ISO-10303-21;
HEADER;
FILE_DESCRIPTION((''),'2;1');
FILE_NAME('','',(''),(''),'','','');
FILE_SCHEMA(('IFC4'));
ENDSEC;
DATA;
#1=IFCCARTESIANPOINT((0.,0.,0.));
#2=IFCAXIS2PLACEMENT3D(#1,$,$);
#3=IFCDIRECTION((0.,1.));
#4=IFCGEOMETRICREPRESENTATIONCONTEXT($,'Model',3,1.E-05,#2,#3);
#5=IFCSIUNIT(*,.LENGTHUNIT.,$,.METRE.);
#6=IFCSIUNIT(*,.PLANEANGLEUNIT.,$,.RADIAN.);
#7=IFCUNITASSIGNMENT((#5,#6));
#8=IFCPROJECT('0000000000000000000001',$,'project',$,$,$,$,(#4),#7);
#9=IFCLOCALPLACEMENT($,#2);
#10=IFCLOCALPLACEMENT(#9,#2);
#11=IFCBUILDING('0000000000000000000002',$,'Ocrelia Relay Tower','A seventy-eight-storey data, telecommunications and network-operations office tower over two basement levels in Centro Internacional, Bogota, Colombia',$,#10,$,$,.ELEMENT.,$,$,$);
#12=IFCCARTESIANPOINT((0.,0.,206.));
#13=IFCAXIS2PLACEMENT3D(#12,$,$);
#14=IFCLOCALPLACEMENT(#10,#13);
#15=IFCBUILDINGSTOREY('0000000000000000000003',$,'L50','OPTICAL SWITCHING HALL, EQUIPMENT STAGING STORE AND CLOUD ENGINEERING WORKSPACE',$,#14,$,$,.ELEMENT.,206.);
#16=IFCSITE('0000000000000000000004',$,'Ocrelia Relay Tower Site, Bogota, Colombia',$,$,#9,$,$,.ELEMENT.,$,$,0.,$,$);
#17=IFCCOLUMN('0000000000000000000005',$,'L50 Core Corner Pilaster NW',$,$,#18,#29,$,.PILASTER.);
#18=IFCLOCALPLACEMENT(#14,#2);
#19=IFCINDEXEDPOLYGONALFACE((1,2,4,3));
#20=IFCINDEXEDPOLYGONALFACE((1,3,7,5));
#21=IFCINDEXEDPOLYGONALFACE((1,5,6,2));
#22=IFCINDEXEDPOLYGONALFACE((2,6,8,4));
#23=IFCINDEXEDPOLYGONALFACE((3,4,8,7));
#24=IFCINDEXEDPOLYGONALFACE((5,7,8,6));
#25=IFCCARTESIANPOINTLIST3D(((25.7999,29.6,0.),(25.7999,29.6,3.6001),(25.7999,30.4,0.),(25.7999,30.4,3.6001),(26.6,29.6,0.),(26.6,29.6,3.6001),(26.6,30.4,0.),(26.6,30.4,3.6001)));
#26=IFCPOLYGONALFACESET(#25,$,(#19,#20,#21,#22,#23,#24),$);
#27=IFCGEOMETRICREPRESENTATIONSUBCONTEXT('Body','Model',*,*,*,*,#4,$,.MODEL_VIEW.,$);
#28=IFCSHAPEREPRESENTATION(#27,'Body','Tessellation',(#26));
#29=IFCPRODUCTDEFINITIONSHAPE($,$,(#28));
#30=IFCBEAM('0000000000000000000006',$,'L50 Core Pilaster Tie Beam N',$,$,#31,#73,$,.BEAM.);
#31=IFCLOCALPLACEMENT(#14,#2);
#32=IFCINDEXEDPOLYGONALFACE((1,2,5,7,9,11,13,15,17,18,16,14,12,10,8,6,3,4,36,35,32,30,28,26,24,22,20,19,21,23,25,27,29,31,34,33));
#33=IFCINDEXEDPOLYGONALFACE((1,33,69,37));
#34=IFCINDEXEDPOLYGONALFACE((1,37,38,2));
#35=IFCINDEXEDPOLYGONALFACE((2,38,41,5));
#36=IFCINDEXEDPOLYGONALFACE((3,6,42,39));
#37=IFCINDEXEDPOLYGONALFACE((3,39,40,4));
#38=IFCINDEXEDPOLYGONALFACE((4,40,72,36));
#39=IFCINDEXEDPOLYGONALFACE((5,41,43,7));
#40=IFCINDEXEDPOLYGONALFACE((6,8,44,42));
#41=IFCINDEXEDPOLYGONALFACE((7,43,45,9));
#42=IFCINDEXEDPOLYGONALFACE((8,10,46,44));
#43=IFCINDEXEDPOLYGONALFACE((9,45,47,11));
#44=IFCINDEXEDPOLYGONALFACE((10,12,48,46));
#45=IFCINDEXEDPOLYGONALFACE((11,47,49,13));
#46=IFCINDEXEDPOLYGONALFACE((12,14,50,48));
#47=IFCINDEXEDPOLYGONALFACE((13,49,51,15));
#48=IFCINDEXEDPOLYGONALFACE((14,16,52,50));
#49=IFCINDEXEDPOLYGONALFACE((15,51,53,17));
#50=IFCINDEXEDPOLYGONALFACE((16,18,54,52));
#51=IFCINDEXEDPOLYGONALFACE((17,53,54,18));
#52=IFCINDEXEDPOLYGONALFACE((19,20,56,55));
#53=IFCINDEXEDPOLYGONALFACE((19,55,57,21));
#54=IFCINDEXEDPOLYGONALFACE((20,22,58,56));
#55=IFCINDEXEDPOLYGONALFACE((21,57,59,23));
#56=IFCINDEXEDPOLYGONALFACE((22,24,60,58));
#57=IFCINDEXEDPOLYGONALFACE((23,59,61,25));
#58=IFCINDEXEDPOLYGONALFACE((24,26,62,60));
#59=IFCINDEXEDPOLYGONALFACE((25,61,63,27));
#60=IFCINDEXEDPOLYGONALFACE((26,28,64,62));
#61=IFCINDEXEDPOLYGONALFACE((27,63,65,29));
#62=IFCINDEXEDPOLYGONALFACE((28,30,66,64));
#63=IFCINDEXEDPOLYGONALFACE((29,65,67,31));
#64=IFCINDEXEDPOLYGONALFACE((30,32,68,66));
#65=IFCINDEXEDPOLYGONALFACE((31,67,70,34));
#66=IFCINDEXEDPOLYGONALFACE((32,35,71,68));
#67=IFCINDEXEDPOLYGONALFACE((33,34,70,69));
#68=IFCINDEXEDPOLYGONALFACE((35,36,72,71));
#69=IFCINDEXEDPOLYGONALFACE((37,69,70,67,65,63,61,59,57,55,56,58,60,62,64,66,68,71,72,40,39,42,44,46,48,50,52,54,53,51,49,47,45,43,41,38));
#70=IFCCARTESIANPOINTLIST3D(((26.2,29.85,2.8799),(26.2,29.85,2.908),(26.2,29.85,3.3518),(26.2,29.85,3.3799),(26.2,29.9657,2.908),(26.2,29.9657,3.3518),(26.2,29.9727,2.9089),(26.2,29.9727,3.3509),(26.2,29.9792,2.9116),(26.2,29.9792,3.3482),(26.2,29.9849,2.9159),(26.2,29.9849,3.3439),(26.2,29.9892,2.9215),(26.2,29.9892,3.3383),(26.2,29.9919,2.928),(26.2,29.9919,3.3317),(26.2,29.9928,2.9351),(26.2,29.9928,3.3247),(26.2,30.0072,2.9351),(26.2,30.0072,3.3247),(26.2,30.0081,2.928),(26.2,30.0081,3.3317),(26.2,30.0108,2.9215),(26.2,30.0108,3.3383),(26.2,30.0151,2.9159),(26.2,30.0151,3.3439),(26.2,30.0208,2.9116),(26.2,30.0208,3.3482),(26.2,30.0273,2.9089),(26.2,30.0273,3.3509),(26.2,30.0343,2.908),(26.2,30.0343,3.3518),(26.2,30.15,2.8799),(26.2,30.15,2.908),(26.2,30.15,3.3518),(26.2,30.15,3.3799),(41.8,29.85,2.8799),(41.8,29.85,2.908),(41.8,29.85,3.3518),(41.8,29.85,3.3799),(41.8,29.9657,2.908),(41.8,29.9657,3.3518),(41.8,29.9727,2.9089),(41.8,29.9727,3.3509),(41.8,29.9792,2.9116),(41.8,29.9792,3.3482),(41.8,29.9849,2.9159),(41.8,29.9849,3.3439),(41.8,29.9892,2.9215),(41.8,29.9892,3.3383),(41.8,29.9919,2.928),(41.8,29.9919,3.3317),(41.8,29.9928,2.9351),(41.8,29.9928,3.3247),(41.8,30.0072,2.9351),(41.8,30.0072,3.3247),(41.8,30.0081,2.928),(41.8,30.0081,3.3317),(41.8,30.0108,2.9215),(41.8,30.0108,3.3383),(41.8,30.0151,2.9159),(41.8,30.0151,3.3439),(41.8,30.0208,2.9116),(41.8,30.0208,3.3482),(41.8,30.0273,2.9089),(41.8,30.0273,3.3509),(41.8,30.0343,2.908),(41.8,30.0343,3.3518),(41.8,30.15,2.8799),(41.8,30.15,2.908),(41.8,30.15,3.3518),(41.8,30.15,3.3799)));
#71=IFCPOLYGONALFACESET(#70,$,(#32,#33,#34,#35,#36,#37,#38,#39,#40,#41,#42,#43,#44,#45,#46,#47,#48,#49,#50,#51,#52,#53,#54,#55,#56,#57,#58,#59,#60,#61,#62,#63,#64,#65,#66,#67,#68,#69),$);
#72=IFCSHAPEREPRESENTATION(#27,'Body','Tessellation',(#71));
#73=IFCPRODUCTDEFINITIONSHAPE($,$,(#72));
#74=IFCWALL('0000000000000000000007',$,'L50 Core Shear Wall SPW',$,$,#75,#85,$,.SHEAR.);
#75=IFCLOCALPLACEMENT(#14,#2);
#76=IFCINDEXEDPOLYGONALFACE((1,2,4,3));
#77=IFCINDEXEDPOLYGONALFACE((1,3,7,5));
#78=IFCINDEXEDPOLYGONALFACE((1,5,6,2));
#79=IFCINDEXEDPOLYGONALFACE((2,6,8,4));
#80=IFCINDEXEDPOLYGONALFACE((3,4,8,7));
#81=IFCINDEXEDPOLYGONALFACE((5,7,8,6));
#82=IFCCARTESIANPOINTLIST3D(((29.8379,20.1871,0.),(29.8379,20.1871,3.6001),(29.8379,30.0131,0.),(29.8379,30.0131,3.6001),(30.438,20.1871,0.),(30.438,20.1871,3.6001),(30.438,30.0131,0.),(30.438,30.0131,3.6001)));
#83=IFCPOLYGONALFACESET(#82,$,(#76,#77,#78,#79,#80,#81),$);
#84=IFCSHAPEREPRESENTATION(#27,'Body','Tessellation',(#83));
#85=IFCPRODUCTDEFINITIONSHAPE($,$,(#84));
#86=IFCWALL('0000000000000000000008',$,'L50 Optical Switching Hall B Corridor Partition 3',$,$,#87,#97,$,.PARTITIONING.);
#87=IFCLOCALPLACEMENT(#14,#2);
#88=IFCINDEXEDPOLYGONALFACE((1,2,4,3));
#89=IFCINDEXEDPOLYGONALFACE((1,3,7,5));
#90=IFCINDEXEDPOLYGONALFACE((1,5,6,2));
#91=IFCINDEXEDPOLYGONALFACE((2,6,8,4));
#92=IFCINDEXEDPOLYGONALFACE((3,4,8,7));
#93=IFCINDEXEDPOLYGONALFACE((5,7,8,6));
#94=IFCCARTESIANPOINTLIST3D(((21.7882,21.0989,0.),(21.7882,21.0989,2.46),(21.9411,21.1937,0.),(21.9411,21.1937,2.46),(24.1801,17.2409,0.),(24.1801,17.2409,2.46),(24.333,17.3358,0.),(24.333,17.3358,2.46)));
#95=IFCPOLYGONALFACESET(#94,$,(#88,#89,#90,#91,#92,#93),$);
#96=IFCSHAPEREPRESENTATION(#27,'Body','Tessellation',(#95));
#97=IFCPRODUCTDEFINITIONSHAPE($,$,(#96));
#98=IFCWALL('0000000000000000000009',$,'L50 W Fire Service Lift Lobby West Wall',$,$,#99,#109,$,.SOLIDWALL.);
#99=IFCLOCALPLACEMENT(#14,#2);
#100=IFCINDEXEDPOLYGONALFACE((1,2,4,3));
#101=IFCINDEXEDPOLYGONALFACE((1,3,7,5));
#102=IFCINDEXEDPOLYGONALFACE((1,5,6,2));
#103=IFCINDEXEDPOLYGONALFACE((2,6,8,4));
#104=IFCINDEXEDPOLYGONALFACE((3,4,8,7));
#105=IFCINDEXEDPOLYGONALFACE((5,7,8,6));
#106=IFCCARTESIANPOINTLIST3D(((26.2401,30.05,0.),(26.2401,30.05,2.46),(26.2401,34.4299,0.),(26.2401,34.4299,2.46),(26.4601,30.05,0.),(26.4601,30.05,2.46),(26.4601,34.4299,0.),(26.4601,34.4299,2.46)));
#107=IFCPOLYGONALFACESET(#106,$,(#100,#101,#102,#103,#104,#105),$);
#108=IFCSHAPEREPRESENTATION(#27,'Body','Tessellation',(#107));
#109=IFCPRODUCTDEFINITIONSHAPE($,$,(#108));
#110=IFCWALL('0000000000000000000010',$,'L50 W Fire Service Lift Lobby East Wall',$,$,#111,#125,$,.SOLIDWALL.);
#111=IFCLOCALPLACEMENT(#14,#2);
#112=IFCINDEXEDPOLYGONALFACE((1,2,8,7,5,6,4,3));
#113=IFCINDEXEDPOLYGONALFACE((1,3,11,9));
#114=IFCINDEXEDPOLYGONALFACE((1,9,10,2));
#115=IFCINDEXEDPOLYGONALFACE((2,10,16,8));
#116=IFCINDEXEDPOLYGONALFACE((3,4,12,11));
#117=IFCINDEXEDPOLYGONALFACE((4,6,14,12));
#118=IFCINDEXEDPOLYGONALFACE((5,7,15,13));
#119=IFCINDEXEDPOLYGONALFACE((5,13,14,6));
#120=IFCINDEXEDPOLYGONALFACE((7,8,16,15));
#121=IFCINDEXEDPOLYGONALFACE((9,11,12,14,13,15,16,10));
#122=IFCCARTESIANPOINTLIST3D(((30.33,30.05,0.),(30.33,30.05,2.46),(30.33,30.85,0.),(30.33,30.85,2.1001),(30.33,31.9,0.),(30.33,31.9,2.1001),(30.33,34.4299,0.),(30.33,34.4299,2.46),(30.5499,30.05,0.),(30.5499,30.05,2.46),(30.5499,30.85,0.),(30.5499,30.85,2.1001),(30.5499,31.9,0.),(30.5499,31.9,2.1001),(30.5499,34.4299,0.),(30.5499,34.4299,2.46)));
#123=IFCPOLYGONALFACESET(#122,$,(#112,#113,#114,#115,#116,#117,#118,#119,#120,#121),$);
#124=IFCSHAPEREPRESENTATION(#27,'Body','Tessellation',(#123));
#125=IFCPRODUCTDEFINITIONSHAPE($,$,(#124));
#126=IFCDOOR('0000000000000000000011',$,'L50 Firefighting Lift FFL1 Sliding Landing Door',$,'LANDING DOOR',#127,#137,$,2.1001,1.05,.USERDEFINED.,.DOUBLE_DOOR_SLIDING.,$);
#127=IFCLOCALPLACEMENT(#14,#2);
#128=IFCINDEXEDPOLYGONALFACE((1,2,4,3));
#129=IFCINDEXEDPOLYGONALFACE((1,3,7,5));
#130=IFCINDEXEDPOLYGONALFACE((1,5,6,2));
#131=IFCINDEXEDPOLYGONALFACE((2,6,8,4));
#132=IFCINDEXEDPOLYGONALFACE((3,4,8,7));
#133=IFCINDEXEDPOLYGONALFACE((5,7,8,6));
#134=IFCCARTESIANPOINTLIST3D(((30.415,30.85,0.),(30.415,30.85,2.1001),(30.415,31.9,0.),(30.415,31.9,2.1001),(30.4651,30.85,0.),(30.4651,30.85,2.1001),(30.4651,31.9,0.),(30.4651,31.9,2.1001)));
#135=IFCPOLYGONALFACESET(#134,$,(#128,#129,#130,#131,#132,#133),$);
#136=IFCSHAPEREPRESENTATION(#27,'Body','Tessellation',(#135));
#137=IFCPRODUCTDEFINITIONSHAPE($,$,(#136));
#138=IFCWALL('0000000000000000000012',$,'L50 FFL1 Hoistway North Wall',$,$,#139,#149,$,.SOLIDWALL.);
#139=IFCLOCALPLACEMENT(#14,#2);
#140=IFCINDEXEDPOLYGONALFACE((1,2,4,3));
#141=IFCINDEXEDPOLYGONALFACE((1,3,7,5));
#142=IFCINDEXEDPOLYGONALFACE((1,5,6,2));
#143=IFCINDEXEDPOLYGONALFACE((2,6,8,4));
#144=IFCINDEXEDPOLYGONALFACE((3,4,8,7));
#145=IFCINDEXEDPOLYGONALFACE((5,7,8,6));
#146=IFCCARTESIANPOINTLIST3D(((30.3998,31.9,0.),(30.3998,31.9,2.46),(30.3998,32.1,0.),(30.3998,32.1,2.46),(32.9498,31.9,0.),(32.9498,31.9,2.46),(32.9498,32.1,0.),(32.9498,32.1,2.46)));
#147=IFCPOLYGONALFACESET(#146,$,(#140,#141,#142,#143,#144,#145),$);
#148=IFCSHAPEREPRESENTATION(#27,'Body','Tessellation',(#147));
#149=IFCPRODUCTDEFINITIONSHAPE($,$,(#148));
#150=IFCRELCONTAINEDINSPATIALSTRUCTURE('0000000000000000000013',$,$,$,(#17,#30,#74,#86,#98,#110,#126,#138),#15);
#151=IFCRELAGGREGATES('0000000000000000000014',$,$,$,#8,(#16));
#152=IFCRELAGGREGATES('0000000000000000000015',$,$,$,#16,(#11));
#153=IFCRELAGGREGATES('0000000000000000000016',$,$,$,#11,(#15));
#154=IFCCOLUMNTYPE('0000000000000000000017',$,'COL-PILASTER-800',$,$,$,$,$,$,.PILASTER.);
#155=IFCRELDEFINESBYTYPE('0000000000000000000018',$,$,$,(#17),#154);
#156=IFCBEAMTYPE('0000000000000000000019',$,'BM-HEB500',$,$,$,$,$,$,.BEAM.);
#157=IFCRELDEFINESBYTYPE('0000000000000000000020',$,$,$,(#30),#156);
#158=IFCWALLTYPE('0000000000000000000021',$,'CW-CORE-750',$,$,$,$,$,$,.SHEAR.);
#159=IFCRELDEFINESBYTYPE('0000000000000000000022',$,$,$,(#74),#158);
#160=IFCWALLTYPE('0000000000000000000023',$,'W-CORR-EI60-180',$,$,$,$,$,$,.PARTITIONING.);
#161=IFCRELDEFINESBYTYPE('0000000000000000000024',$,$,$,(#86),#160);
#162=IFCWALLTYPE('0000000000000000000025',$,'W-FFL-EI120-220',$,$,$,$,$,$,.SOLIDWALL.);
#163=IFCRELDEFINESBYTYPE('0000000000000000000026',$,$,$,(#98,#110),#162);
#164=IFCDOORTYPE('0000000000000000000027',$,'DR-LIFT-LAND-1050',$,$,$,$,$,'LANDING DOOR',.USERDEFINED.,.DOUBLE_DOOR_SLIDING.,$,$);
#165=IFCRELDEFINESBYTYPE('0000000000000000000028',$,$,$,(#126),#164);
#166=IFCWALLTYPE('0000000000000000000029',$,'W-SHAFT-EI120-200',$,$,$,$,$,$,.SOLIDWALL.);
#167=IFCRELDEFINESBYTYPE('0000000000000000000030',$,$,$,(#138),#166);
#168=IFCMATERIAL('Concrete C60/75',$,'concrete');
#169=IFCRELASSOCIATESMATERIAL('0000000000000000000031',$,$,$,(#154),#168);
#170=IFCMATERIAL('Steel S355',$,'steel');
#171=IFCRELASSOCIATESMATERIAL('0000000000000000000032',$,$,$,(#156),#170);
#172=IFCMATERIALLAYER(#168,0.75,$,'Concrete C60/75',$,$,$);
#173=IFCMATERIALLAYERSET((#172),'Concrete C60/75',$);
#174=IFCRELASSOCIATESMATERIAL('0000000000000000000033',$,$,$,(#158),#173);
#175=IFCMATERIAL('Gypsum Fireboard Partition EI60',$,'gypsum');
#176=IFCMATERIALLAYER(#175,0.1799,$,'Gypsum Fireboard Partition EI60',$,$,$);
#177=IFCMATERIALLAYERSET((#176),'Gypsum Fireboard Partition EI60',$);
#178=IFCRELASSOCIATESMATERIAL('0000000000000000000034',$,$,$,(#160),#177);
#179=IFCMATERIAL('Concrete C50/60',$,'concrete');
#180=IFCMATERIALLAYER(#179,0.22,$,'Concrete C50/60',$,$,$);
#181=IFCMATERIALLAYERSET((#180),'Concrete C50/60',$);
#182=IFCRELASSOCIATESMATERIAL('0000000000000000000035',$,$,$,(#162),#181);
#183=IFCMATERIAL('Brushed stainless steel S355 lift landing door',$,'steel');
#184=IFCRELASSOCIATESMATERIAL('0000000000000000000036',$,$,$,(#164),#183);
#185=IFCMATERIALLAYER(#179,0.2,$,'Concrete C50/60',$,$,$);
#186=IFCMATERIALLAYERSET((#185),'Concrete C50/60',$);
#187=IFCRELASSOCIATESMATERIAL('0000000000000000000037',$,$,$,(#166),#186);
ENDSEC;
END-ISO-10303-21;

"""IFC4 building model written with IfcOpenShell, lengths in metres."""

from ifc_helpers import new_model, si_unit, direction, frame, frame_2d, origin, origin_2d, place, context, subcontext, project, spatial, rectangle, i_section, extrude, material, layer, layer_set, material_profile, profile_set, type_object, element, fill, save


model = new_model("IFC4")

# Units and contexts
model_context = context("Model", 3, precision=1e-05, world=origin(), true_north=direction((0.0, 1.0)))
body_context = subcontext(model_context, "Body", "Model", "MODEL_VIEW")
ifc_project = project(units=[si_unit("LENGTHUNIT", "METRE"), si_unit("PLANEANGLEUNIT", "RADIAN")], contexts=[model_context])

# Site, building, storey
site_placement = place(None, origin())
site = spatial("IfcSite", under=ifc_project, at=site_placement, Name="Ocrelia Relay Tower Site, Bogota, Colombia", CompositionType="ELEMENT", RefElevation=0.0)
building_placement = place(site_placement, origin())
building = spatial("IfcBuilding", under=site, at=building_placement, Name="Ocrelia Relay Tower", Description="A seventy-eight-storey data, telecommunications and network-operations office tower over two basement levels in Centro Internacional, Bogota, Colombia", CompositionType="ELEMENT")
storey_placement = place(building_placement, frame((0.0, 0.0, 206.0)))
storey = spatial("IfcBuildingStorey", under=building, at=storey_placement, Name="L50", Description="OPTICAL SWITCHING HALL, EQUIPMENT STAGING STORE AND CLOUD ENGINEERING WORKSPACE", CompositionType="ELEMENT", Elevation=206.0)

# Column
ifc_material_1 = material(Name="Concrete C60/75", Category="concrete")
ifc_material_profile_1 = material_profile(ifc_material_1, rectangle(XDim=0.8, YDim=0.8, at=origin_2d()), Name="RC-COL-800x800")
ifc_profile_set_1 = profile_set([ifc_material_profile_1], Name="Concrete C60/75")
column_type = type_object("IfcColumnType", Name="COL-PILASTER-800", PredefinedType="PILASTER", material=ifc_profile_set_1)
column_placement = place(storey_placement, frame((26.2, 30.0, 0.0), z_axis=(0.0, 0.0, 1.0), x_axis=(1.0, 0.0, 0.0)))
element("IfcColumn", 1, at=column_placement, inside=storey, type_object=column_type, Name="L50 Core Corner Pilaster NW", PredefinedType="PILASTER", context=body_context, shape_type="SweptSolid", body=[
    extrude(rectangle(XDim=0.8, YDim=0.8, at=origin_2d()), origin(), (0.0, 0.0, 1.0), 3.6001),
])

# Beam
ifc_material_2 = material(Name="Steel S355", Category="steel")
ifc_material_profile_2 = material_profile(ifc_material_2, i_section(OverallWidth=0.3, OverallDepth=0.5, WebThickness=0.0144, FlangeThickness=0.0281, FilletRadius=0.0271, at=origin_2d()), Name="HEB 500")
ifc_profile_set_2 = profile_set([ifc_material_profile_2], Name="Steel S355")
beam_type = type_object("IfcBeamType", Name="BM-HEB500", PredefinedType="BEAM", material=ifc_profile_set_2)
beam_placement = place(storey_placement, frame((26.2, 30.0, 3.1299), z_axis=(1.0, 0.0, 0.0), x_axis=(0.0, 1.0, 0.0)))
element("IfcBeam", 2, at=beam_placement, inside=storey, type_object=beam_type, Name="L50 Core Pilaster Tie Beam N", PredefinedType="BEAM", context=body_context, shape_type="SweptSolid", body=[
    extrude(i_section(OverallWidth=0.3, OverallDepth=0.5, WebThickness=0.0144, FlangeThickness=0.0281, FilletRadius=0.0271, at=origin_2d()), origin(), (0.0, 0.0, 1.0), 15.6001),
])

# Shared definitions
ifc_layer_1 = layer(ifc_material_1, 0.75, Name="Concrete C60/75")
ifc_layer_set_1 = layer_set([ifc_layer_1], Name="Concrete C60/75")
wall_type_1 = type_object("IfcWallType", Name="CW-CORE-750", PredefinedType="SHEAR", material=ifc_layer_set_1)

# Wall
wall_1_placement = place(storey_placement, frame((30.1379, 20.187, 0.0), z_axis=(0.0, 0.0, 1.0), x_axis=(0.0, 1.0, 0.0)))
element("IfcWall", 3, at=wall_1_placement, inside=storey, type_object=wall_type_1, Name="L50 Core Shear Wall SPW", PredefinedType="SHEAR", context=body_context, shape_type="SweptSolid", body=[
    extrude(rectangle(XDim=9.8259, YDim=0.6001, at=frame_2d((4.9131, 0.0))), origin(), (0.0, 0.0, 1.0), 3.6001),
])

# Shared definitions
ifc_material_3 = material(Name="Gypsum Fireboard Partition EI60", Category="gypsum")
ifc_layer_2 = layer(ifc_material_3, 0.1799, Name="Gypsum Fireboard Partition EI60")
ifc_layer_set_2 = layer_set([ifc_layer_2], Name="Gypsum Fireboard Partition EI60")
wall_type_2 = type_object("IfcWallType", Name="W-CORR-EI60-180", PredefinedType="PARTITIONING", material=ifc_layer_set_2)

# Walls
wall_2_placement = place(storey_placement, frame((21.8647, 21.1462, 0.0), z_axis=(0.0, 0.0, 1.0), x_axis=(0.52693, -0.849908, 0.0)))
element("IfcWall", 4, at=wall_2_placement, inside=storey, type_object=wall_type_2, Name="L50 Optical Switching Hall B Corridor Partition 3", PredefinedType="PARTITIONING", context=body_context, shape_type="SweptSolid", body=[
    extrude(rectangle(XDim=4.5393, YDim=0.1799, at=frame_2d((2.2695, 0.0))), origin(), (0.0, 0.0, 1.0), 2.46),
])
ifc_material_4 = material(Name="Concrete C50/60", Category="concrete")
ifc_layer_3 = layer(ifc_material_4, 0.22, Name="Concrete C50/60")
ifc_layer_set_3 = layer_set([ifc_layer_3], Name="Concrete C50/60")
wall_type_3 = type_object("IfcWallType", Name="W-FFL-EI120-220", PredefinedType="SOLIDWALL", material=ifc_layer_set_3)
wall_3_placement = place(storey_placement, frame((26.3501, 30.05, 0.0), z_axis=(0.0, 0.0, 1.0), x_axis=(0.0, 1.0, 0.0)))
element("IfcWall", 5, at=wall_3_placement, inside=storey, type_object=wall_type_3, Name="L50 W Fire Service Lift Lobby West Wall", PredefinedType="SOLIDWALL", context=body_context, shape_type="SweptSolid", body=[
    extrude(rectangle(XDim=4.3799, YDim=0.22, at=frame_2d((2.1899, 0.0))), origin(), (0.0, 0.0, 1.0), 2.46),
])

# Wall, opening, door
wall_4_placement = place(storey_placement, frame((30.4399, 30.05, 0.0), z_axis=(0.0, 0.0, 1.0), x_axis=(0.0, 1.0, 0.0)))
wall_4 = element("IfcWall", 6, at=wall_4_placement, inside=storey, type_object=wall_type_3, Name="L50 W Fire Service Lift Lobby East Wall", PredefinedType="SOLIDWALL", context=body_context, shape_type="SweptSolid", body=[
    extrude(rectangle(XDim=4.3799, YDim=0.22, at=frame_2d((2.1899, 0.0))), origin(), (0.0, 0.0, 1.0), 2.46),
])
opening_1_placement = place(wall_4_placement, frame((0.8, 0.0, 0.0)))
opening_1 = element("IfcOpeningElement", 7, at=opening_1_placement, cuts=wall_4, PredefinedType="OPENING", context=body_context, shape_type="SweptSolid", body=[
    extrude(rectangle(XDim=1.05, YDim=2.1001, at=frame_2d((0.5249, 1.05))), frame((0.0, 0.1201, 0.0), z_axis=(0.0, -1.0, 0.0), x_axis=(1.0, 0.0, 0.0)), (0.0, 0.0, 1.0), 0.24),
])
ifc_material_5 = material(Name="Brushed stainless steel S355 lift landing door", Category="steel")
door_type_1 = type_object("IfcDoorType", Name="DR-LIFT-LAND-1050", ElementType="LANDING DOOR", OperationType="DOUBLE_DOOR_SLIDING", PredefinedType="USERDEFINED", material=ifc_material_5)
door_1_placement = place(opening_1_placement, origin())
door_1 = element("IfcDoor", 8, at=door_1_placement, inside=storey, type_object=door_type_1, Name="L50 Firefighting Lift FFL1 Sliding Landing Door", ObjectType="LANDING DOOR", OperationType="DOUBLE_DOOR_SLIDING", OverallHeight=2.1001, OverallWidth=1.05, PredefinedType="USERDEFINED", context=body_context, shape_type="SweptSolid", body=[
    extrude(rectangle(XDim=1.05, YDim=2.1001, at=frame_2d((0.5249, 1.05))), frame((0.0, 0.0249, 0.0), z_axis=(0.0, -1.0, 0.0), x_axis=(1.0, 0.0, 0.0)), (0.0, 0.0, 1.0), 0.05),
])
fill(opening_1, door_1)

# Wall
ifc_layer_4 = layer(ifc_material_4, 0.2, Name="Concrete C50/60")
ifc_layer_set_4 = layer_set([ifc_layer_4], Name="Concrete C50/60")
wall_type_4 = type_object("IfcWallType", Name="W-SHAFT-EI120-200", PredefinedType="SOLIDWALL", material=ifc_layer_set_4)
wall_5_placement = place(storey_placement, frame((30.3999, 32.0, 0.0), z_axis=(0.0, 0.0, 1.0), x_axis=(1.0, 0.0, 0.0)))
element("IfcWall", 9, at=wall_5_placement, inside=storey, type_object=wall_type_4, Name="L50 FFL1 Hoistway North Wall", PredefinedType="SOLIDWALL", context=body_context, shape_type="SweptSolid", body=[
    extrude(rectangle(XDim=2.55, YDim=0.2, at=frame_2d((1.2749, 0.0))), origin(), (0.0, 0.0, 1.0), 2.46),
])

save(model, "model.ifc")
